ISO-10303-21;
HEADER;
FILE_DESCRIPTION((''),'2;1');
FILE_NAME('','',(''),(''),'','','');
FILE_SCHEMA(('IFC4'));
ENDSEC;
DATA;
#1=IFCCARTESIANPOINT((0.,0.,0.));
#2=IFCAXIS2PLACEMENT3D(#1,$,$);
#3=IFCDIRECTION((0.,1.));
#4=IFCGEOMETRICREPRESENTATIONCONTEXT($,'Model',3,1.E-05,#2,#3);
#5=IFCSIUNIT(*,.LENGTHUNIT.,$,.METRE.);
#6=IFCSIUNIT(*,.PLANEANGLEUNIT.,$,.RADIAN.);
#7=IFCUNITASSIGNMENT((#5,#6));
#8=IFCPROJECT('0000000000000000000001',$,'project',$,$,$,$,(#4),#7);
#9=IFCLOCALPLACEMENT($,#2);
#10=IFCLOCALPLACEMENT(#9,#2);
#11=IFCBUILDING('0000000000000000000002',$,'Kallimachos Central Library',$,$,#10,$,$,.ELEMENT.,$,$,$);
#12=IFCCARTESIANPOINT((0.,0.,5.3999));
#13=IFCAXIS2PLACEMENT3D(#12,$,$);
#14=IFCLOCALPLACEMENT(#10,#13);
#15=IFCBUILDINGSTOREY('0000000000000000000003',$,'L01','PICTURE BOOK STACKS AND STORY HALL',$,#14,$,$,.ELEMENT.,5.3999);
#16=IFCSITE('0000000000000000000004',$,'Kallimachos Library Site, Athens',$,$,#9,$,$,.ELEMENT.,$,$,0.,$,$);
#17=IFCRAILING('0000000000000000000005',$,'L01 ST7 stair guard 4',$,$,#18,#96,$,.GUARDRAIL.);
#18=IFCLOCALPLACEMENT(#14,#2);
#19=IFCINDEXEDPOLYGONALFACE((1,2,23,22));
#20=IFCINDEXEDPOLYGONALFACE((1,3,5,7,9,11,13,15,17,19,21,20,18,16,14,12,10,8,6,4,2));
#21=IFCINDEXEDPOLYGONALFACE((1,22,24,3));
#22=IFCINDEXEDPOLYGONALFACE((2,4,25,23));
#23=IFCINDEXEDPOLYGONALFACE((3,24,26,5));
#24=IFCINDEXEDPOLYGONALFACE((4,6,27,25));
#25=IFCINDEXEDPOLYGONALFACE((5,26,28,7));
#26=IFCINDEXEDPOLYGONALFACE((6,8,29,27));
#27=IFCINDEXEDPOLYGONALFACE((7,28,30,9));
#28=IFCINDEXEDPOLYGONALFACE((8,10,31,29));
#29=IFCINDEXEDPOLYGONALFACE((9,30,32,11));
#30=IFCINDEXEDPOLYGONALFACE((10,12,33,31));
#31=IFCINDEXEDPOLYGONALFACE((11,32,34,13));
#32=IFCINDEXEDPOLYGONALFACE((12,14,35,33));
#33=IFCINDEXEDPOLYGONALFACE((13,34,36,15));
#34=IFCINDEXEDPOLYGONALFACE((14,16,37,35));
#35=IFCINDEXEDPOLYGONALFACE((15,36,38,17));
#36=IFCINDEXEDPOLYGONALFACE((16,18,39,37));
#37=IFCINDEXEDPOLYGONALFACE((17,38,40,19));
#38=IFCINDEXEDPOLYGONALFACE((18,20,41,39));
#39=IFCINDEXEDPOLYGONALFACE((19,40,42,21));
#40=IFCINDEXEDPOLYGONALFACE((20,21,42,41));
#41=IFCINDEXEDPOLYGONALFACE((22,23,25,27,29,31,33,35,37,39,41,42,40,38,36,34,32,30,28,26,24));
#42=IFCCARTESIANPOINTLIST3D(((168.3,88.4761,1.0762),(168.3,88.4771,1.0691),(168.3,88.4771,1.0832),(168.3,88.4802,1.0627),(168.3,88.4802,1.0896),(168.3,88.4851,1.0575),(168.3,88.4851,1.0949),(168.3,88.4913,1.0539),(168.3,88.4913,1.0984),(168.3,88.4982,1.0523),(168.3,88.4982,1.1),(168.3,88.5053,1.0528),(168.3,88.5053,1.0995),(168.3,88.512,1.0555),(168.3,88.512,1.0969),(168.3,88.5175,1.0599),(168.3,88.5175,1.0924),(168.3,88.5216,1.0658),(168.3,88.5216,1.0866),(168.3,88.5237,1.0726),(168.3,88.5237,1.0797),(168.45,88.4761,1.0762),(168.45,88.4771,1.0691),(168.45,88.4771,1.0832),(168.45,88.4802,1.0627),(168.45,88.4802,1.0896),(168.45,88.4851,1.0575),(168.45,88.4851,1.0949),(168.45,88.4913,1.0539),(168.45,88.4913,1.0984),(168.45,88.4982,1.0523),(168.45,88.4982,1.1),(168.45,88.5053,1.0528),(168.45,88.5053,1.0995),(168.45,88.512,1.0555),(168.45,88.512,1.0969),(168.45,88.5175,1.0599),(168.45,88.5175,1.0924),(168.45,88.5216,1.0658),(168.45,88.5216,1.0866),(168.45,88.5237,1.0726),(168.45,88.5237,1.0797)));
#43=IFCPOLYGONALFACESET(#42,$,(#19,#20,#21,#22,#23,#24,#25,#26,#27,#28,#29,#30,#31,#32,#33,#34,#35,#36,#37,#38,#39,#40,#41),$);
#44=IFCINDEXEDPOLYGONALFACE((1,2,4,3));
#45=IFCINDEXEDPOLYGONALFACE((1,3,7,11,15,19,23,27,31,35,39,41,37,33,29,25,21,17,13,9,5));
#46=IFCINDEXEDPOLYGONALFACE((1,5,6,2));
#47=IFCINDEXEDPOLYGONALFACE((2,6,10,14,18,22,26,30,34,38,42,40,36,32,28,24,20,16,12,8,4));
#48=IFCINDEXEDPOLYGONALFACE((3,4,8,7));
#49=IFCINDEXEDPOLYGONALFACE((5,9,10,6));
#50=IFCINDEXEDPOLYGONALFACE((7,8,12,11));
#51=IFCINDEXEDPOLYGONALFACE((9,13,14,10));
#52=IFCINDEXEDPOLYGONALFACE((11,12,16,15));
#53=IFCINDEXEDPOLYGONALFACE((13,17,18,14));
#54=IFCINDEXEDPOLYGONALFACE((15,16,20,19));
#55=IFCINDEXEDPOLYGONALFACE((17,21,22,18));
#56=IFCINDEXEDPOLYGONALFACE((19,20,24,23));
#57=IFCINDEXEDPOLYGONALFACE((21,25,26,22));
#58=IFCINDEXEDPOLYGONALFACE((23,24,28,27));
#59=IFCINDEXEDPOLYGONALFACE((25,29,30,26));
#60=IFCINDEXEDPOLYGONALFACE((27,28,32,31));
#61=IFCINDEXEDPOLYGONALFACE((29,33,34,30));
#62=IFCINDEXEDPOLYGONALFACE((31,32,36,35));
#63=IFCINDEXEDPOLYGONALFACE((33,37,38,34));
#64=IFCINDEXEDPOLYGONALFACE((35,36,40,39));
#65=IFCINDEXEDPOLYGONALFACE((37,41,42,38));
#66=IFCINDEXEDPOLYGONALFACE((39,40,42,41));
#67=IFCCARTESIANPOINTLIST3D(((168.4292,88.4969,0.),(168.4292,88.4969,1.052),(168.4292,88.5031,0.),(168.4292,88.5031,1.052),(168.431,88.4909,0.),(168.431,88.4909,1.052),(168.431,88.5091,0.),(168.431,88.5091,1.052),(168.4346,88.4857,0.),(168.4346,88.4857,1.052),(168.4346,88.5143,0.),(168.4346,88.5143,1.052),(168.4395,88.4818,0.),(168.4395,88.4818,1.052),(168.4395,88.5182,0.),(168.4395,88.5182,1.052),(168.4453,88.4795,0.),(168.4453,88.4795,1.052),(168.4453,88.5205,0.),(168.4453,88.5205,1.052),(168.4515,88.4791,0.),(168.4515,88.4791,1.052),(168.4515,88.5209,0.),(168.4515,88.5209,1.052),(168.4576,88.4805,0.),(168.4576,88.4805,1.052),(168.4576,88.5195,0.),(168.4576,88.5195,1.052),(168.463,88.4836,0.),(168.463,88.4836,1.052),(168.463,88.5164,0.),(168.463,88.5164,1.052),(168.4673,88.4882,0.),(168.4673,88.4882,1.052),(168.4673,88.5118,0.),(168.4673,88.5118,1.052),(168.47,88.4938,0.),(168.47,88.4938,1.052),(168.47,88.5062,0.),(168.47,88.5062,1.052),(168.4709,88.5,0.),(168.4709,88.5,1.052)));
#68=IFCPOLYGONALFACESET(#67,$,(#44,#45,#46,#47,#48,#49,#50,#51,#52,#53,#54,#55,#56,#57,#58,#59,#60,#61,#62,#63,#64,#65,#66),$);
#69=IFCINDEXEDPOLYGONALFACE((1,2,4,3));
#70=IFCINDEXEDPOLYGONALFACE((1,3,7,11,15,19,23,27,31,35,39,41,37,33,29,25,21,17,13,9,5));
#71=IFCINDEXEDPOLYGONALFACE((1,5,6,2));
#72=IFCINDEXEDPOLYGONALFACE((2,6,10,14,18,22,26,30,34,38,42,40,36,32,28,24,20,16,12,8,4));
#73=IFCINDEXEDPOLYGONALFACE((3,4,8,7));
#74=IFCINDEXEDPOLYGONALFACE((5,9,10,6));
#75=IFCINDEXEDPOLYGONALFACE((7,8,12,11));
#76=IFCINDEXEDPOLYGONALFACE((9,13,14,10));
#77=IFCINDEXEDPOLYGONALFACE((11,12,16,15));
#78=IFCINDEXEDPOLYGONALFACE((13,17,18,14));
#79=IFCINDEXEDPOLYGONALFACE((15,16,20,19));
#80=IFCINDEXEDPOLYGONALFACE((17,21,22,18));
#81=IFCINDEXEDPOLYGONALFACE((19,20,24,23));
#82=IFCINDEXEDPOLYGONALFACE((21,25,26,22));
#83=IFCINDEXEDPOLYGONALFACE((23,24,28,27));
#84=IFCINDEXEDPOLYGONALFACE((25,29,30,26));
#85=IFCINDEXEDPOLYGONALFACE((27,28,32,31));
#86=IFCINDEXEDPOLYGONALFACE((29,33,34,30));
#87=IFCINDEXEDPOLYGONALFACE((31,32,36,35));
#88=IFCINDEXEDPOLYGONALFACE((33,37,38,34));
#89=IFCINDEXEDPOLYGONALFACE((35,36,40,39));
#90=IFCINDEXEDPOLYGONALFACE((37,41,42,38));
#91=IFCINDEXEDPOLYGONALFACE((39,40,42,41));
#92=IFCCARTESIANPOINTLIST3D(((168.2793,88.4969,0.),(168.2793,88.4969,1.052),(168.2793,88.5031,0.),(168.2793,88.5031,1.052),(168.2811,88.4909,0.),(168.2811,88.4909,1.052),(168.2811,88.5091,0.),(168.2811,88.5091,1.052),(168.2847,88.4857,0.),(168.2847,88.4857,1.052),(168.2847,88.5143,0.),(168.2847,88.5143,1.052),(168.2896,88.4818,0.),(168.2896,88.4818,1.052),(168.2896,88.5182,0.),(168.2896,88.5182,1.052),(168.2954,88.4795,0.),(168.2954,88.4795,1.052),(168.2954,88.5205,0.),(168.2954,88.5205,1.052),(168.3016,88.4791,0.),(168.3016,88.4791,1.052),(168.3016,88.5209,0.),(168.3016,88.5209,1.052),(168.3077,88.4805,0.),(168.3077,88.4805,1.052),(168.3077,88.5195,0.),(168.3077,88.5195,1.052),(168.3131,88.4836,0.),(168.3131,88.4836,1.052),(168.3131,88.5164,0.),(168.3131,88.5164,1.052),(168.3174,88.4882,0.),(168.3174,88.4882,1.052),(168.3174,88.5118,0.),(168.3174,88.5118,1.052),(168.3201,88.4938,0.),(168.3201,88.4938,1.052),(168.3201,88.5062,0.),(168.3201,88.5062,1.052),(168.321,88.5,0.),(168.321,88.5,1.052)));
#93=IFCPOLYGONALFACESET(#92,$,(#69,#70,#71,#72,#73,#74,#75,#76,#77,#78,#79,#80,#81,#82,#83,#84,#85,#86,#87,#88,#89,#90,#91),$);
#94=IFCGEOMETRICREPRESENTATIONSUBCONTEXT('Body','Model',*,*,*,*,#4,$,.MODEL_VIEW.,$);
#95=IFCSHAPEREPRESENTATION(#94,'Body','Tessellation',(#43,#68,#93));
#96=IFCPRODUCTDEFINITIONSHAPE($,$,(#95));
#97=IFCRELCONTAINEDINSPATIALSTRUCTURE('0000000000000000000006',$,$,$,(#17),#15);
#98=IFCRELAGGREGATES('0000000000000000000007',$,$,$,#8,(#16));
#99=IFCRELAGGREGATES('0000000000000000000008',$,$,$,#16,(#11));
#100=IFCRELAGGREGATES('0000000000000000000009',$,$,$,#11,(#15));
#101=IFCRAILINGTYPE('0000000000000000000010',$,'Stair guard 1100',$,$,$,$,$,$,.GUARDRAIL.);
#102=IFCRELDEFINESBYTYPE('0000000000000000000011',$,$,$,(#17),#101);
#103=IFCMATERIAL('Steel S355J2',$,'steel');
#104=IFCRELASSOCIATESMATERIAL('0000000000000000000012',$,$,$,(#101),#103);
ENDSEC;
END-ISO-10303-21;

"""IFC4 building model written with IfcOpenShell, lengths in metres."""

from ifc_helpers import new_model, si_unit, direction, frame, origin, origin_2d, place, context, subcontext, project, spatial, circle, extrude, material, type_object, element, save


model = new_model("IFC4")

# Units and contexts
model_context = context("Model", 3, precision=1e-05, world=origin(), true_north=direction((0.0, 1.0)))
body_context = subcontext(model_context, "Body", "Model", "MODEL_VIEW")
ifc_project = project(units=[si_unit("LENGTHUNIT", "METRE"), si_unit("PLANEANGLEUNIT", "RADIAN")], contexts=[model_context])

# Site, building, storey
site_placement = place(None, origin())
site = spatial("IfcSite", under=ifc_project, at=site_placement, Name="Kallimachos Library Site, Athens", CompositionType="ELEMENT", RefElevation=0.0)
building_placement = place(site_placement, origin())
building = spatial("IfcBuilding", under=site, at=building_placement, Name="Kallimachos Central Library", CompositionType="ELEMENT")
storey_placement = place(building_placement, frame((0.0, 0.0, 5.3999)))
storey = spatial("IfcBuildingStorey", under=building, at=storey_placement, Name="L01", Description="PICTURE BOOK STACKS AND STORY HALL", CompositionType="ELEMENT", Elevation=5.3999)

# Railing
ifc_material_1 = material(Name="Steel S355J2", Category="steel")
railing_type_1 = type_object("IfcRailingType", Name="Stair guard 1100", PredefinedType="GUARDRAIL", material=ifc_material_1)
railing_1_placement = place(storey_placement, frame((168.45, 88.5, 0.0)))
element("IfcRailing", 1, at=railing_1_placement, inside=storey, type_object=railing_type_1, Name="L01 ST7 stair guard 4", PredefinedType="GUARDRAIL", context=body_context, shape_type="SweptSolid", body=[
    extrude(circle(Radius=0.0239, at=origin_2d()), frame((0.0, 0.0, 1.0762), z_axis=(-1.0, 0.0, 0.0), x_axis=(0.0, -1.0, 0.0)), (0.0, 0.0, 1.0), 0.1499),
    extrude(circle(Radius=0.021, at=origin_2d()), origin(), (0.0, 0.0, 1.0), 1.052),
    extrude(circle(Radius=0.021, at=origin_2d()), frame((-0.1499, 0.0, 0.0)), (0.0, 0.0, 1.0), 1.052),
])

save(model, "model.ifc")
